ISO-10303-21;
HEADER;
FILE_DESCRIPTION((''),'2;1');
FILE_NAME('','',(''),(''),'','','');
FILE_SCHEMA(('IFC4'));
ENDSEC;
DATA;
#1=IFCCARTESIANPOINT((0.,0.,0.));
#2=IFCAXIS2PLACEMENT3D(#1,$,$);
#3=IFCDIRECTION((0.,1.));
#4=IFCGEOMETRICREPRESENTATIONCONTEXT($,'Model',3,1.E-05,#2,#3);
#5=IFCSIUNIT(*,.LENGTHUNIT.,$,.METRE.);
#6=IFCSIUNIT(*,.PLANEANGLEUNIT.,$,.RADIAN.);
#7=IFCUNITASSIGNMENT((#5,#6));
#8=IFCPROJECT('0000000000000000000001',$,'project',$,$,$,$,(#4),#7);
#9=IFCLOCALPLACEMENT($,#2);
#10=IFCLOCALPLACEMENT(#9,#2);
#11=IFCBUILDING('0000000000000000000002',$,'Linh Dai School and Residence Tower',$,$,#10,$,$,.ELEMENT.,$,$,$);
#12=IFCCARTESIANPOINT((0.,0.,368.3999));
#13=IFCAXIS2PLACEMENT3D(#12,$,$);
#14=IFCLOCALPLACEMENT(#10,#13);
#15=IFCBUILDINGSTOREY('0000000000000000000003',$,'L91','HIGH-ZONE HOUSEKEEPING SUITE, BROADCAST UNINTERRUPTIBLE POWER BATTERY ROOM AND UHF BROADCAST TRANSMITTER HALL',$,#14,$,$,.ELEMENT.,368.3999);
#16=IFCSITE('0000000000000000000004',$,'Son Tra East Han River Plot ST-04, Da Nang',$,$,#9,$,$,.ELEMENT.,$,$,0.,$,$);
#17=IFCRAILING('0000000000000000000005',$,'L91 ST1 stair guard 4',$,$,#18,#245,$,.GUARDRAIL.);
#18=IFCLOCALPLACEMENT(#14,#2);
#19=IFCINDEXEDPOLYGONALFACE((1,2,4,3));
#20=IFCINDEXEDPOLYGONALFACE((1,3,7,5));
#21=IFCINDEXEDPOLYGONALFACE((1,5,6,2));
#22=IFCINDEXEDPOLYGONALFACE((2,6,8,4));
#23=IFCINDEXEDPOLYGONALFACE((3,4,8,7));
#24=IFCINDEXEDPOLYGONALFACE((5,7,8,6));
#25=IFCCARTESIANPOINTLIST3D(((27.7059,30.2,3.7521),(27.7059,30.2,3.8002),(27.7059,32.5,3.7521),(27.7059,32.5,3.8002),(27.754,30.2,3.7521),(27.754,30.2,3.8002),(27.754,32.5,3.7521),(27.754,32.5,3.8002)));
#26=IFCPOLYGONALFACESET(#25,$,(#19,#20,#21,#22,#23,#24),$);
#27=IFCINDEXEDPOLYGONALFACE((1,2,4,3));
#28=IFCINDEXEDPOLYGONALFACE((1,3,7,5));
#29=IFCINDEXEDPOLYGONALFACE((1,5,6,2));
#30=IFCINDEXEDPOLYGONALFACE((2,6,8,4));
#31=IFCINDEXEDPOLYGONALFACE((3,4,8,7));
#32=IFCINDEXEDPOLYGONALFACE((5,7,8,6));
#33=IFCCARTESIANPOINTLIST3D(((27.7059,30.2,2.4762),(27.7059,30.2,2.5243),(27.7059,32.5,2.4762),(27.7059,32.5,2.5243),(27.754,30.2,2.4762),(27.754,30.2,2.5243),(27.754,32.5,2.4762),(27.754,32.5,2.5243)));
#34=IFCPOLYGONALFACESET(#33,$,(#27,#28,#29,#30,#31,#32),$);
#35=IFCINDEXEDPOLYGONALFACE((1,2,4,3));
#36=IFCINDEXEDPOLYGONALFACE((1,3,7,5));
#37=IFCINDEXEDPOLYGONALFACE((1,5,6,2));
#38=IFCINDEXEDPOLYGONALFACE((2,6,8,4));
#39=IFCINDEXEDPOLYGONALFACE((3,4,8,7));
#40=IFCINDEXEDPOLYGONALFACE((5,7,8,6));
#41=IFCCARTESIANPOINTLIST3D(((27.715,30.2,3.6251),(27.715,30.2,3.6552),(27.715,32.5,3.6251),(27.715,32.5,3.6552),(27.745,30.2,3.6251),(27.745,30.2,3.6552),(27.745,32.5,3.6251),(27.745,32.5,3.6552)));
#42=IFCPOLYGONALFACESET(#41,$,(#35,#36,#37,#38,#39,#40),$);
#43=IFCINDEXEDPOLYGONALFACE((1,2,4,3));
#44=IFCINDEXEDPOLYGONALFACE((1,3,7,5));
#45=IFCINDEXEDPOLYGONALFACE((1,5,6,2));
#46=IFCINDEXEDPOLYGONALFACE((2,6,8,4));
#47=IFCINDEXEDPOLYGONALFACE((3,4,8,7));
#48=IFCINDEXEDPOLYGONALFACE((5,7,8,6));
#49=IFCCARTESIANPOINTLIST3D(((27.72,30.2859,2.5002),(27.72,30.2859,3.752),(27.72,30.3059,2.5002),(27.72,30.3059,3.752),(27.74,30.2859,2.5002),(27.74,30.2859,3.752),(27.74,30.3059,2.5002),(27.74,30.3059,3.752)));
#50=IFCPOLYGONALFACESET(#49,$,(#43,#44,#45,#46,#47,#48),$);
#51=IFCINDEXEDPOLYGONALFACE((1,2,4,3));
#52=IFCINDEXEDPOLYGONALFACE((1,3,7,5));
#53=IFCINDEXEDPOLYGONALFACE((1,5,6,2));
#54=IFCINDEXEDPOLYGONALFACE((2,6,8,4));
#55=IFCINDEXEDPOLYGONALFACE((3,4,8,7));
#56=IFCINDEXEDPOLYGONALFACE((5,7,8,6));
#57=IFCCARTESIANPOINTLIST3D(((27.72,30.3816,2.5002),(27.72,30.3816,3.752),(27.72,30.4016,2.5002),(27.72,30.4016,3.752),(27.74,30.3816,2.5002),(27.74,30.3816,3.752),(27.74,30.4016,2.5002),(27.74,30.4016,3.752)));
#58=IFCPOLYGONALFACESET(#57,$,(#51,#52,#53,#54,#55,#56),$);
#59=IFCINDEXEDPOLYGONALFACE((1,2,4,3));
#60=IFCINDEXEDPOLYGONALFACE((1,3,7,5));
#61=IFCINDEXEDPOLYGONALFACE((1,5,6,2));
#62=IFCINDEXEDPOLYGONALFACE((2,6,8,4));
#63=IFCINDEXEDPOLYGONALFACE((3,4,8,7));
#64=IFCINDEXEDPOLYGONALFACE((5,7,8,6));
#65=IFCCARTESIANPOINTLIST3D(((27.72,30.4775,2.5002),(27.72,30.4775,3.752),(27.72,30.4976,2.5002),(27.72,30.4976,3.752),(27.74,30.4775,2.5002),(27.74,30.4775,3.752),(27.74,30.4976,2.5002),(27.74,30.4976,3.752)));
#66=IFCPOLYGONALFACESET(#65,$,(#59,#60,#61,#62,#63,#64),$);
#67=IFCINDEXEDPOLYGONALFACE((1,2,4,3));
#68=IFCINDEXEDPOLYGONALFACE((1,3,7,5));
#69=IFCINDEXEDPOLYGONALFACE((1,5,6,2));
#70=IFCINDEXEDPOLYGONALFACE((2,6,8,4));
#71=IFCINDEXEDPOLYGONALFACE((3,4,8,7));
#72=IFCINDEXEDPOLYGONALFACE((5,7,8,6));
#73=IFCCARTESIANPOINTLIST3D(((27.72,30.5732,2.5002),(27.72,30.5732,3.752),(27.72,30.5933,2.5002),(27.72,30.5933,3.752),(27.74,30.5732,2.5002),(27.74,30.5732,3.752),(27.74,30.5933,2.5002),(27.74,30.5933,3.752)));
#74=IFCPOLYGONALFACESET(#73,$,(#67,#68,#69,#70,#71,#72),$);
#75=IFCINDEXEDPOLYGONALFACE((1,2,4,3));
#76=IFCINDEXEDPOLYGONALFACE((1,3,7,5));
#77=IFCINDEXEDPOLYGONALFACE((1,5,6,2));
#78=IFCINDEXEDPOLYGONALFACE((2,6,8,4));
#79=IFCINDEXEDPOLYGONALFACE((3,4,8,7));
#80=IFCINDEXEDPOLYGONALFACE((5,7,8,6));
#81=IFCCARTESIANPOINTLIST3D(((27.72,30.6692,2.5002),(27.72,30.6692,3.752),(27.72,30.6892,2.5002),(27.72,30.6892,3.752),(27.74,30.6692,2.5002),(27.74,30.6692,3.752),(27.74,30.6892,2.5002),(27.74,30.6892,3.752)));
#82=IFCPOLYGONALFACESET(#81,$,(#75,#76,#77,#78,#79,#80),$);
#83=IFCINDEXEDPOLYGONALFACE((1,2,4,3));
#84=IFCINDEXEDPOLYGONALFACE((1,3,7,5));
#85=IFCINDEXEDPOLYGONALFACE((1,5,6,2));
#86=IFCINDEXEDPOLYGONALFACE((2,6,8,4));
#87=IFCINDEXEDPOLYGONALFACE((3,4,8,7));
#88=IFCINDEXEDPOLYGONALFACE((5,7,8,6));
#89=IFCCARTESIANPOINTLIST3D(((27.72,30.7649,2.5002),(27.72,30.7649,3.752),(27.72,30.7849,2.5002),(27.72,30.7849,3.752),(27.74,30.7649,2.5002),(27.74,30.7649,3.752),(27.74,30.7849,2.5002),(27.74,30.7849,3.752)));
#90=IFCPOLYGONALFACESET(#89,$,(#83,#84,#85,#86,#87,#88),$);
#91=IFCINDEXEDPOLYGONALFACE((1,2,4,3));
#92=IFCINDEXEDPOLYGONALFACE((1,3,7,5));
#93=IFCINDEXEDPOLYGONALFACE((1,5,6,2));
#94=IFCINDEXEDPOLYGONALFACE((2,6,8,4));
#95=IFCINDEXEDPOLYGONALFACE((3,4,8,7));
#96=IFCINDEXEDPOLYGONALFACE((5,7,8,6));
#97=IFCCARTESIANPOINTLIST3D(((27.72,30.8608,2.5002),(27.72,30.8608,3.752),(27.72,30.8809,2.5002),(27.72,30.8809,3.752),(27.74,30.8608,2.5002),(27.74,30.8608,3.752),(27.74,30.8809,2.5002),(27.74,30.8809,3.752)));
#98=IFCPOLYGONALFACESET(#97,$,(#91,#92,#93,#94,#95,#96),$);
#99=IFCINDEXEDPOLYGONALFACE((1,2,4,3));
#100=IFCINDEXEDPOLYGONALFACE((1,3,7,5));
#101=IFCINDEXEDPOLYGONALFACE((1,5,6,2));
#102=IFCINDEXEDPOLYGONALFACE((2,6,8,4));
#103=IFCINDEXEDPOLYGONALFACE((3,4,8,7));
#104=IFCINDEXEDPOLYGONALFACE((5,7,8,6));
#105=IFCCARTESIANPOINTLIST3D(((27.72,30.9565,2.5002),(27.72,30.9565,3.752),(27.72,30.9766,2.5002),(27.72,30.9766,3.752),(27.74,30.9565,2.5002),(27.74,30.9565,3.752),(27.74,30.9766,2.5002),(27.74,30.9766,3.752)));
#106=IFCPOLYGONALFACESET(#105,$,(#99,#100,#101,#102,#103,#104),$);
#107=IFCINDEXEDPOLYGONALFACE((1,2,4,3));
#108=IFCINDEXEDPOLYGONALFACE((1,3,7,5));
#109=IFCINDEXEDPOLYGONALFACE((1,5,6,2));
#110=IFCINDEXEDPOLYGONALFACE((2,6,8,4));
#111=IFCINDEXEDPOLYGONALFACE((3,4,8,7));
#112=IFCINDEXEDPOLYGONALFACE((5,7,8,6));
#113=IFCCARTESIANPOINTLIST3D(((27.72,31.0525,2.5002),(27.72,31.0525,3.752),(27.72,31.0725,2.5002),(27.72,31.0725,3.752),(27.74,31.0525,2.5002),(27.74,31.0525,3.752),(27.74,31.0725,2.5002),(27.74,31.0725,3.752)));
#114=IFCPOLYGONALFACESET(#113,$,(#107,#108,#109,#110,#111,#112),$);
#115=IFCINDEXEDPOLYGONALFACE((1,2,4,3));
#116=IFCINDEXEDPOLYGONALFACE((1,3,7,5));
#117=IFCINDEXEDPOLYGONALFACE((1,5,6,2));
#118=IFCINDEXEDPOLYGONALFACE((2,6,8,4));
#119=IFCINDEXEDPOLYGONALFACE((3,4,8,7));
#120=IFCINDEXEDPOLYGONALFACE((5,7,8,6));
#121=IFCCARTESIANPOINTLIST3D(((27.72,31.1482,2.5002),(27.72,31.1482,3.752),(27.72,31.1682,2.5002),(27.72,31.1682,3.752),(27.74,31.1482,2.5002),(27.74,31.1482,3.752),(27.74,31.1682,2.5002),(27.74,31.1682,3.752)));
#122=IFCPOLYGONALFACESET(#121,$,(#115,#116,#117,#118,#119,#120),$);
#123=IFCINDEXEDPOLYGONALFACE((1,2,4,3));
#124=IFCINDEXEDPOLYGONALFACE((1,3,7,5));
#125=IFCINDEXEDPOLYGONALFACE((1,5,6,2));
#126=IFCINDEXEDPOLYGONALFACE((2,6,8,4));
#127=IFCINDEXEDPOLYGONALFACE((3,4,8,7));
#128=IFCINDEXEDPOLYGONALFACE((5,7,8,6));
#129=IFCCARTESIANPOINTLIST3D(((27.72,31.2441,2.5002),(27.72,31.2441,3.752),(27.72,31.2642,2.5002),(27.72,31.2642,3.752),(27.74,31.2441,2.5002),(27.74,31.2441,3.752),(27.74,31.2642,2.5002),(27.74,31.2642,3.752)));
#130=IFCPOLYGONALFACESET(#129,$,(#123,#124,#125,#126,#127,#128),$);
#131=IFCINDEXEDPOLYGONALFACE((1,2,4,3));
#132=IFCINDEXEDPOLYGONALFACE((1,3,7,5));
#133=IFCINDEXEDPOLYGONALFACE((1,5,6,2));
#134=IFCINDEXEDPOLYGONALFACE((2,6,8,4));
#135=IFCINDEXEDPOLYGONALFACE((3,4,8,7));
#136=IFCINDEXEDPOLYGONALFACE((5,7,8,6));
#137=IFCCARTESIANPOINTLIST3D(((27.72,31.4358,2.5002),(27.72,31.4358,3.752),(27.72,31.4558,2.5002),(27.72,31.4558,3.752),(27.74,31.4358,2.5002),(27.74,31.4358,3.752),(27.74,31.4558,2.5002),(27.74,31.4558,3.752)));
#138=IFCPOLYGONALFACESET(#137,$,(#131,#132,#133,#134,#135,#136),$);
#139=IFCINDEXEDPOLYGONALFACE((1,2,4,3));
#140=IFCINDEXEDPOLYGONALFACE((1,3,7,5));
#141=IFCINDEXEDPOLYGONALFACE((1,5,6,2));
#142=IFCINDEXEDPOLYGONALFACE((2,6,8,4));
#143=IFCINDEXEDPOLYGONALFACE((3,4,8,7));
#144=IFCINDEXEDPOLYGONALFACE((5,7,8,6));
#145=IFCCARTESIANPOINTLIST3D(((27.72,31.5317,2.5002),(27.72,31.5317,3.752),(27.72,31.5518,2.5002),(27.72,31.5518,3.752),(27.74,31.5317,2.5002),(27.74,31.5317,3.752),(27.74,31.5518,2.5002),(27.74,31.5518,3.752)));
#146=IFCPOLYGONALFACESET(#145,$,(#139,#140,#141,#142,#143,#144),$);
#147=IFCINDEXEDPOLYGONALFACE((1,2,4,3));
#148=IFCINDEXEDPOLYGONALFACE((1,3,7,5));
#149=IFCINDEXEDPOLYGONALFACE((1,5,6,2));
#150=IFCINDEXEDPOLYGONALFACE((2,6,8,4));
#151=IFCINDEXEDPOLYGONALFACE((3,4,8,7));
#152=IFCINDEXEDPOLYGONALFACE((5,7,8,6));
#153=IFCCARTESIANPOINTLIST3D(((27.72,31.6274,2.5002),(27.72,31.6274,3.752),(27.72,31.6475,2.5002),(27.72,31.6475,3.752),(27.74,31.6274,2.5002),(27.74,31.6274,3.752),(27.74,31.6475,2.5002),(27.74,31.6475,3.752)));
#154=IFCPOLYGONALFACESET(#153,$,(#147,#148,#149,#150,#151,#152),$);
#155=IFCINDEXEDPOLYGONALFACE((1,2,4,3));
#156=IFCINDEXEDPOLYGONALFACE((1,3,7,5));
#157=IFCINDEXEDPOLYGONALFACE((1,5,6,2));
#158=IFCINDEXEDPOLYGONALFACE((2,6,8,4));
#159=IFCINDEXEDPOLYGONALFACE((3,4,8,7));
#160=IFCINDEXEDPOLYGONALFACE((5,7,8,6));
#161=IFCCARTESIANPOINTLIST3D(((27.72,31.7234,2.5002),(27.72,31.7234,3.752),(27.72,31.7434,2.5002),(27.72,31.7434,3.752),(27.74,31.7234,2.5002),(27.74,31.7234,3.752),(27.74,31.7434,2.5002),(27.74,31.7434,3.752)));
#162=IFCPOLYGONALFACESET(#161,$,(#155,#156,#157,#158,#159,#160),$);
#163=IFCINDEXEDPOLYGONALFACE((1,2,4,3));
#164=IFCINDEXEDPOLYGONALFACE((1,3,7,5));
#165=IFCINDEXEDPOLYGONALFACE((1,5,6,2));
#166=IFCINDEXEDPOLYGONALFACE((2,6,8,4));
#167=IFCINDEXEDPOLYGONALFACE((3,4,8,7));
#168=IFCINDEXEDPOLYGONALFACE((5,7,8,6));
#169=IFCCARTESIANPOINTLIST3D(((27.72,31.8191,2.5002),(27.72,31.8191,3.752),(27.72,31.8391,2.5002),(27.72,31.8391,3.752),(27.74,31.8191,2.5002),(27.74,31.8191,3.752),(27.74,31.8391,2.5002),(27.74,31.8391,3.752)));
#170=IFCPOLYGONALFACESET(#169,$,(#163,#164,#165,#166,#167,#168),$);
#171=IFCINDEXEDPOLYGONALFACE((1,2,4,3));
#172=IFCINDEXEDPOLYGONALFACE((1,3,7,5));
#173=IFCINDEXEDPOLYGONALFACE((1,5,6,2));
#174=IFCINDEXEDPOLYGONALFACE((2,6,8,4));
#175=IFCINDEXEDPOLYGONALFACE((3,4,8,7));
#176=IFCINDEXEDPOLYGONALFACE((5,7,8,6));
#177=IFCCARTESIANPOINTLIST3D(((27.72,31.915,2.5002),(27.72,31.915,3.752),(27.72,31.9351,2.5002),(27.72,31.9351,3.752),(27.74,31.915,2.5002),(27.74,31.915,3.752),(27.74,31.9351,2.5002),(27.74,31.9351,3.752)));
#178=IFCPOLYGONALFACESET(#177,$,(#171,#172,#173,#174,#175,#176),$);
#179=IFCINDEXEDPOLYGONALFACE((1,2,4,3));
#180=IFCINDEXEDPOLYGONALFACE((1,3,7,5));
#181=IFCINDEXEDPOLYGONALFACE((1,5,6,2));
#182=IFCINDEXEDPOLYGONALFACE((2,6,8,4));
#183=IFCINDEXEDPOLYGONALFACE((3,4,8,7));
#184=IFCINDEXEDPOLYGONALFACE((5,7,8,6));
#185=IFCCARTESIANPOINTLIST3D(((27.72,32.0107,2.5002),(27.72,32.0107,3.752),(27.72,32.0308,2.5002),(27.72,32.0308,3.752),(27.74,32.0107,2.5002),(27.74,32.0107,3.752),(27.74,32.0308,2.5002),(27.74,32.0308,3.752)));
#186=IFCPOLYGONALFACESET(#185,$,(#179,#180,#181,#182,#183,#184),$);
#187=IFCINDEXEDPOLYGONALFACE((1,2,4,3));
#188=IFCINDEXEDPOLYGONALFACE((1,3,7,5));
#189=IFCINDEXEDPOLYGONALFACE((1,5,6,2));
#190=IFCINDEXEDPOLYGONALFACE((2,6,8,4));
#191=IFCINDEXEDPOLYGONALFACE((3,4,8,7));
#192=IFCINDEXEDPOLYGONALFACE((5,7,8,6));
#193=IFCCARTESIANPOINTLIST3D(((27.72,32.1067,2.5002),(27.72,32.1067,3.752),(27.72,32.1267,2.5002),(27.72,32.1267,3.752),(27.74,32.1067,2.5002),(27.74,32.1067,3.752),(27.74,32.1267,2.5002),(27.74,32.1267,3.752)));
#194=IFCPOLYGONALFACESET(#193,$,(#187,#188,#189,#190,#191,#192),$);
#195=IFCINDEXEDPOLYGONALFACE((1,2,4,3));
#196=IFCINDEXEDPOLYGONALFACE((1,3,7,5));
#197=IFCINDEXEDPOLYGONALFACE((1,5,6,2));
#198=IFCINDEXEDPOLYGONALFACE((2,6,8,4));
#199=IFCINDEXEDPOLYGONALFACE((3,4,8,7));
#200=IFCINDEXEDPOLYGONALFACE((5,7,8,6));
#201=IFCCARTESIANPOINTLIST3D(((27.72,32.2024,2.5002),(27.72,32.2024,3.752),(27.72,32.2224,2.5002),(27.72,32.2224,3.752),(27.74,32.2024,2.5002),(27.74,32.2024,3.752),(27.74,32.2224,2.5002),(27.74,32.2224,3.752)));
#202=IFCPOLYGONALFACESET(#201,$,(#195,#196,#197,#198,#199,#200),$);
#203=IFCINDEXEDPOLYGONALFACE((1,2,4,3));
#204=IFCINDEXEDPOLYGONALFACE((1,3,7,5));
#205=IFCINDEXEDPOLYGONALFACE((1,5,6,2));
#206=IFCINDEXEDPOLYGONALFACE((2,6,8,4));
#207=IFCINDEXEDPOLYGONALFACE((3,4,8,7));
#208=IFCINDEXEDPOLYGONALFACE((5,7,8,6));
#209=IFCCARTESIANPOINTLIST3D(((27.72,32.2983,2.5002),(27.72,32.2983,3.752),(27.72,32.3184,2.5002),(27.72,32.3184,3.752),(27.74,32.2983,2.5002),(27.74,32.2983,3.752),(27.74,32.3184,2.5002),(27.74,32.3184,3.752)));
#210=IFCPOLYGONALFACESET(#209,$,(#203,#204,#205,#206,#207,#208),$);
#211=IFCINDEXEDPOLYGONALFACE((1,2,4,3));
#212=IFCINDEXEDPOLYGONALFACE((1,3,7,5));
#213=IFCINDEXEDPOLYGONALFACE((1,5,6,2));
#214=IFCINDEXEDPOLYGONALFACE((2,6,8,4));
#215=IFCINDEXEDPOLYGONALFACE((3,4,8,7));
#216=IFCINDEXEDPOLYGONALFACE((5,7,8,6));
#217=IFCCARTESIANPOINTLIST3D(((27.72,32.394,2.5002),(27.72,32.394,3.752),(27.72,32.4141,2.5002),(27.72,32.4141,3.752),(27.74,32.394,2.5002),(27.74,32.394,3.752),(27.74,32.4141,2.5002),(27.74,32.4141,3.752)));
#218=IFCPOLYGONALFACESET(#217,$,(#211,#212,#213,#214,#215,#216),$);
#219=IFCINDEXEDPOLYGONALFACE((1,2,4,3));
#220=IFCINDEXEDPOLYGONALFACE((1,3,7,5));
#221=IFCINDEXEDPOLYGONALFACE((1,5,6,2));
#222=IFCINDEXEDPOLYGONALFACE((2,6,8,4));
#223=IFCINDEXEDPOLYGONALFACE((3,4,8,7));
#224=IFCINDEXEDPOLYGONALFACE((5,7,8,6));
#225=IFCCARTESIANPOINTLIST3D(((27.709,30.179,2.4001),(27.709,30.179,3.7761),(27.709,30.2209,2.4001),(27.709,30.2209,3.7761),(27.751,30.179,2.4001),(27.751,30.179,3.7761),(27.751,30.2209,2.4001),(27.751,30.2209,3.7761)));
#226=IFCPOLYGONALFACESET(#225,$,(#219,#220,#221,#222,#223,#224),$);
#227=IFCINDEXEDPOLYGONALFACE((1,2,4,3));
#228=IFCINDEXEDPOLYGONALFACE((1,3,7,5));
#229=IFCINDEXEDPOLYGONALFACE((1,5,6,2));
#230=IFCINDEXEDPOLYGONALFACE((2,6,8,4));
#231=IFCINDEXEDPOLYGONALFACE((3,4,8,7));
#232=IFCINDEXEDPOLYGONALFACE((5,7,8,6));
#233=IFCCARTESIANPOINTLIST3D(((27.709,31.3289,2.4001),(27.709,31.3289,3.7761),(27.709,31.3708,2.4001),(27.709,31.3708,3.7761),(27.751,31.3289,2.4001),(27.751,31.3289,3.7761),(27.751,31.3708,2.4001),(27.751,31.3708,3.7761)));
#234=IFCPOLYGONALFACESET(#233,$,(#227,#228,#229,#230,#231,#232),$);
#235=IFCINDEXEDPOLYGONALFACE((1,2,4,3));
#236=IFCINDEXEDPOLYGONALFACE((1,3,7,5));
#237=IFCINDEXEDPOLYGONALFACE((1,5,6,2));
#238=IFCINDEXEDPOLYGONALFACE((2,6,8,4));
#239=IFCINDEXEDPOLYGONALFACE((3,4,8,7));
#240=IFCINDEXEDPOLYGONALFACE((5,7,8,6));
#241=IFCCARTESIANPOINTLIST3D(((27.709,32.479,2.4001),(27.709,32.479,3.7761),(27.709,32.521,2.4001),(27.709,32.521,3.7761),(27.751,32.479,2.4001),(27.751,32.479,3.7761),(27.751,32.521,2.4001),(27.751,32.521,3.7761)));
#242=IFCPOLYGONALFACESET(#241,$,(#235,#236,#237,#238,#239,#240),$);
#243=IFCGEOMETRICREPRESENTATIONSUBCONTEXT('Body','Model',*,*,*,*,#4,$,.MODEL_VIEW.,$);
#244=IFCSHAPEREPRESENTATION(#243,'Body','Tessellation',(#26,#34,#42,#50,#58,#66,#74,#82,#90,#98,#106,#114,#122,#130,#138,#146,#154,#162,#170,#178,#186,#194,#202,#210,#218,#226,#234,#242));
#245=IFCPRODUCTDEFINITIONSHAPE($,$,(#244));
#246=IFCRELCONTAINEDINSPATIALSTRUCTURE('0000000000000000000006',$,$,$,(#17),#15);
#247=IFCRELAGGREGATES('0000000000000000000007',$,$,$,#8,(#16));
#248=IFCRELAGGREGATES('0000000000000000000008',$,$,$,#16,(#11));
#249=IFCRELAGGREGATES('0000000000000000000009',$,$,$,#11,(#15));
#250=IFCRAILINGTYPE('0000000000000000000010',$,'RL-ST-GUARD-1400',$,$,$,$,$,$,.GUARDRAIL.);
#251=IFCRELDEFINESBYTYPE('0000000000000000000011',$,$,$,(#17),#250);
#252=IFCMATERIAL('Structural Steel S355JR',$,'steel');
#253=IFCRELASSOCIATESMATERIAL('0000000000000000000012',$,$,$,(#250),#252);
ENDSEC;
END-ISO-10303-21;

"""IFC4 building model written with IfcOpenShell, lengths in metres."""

from ifc_helpers import new_model, si_unit, direction, frame, origin, origin_2d, place, context, subcontext, project, spatial, rectangle, extrude, source, transform, mapped, material, type_object, element, save


model = new_model("IFC4")

# Units and contexts
model_context = context("Model", 3, precision=1e-05, world=origin(), true_north=direction((0.0, 1.0)))
body_context = subcontext(model_context, "Body", "Model", "MODEL_VIEW")
ifc_project = project(units=[si_unit("LENGTHUNIT", "METRE"), si_unit("PLANEANGLEUNIT", "RADIAN")], contexts=[model_context])

# Site, building, storey
site_placement = place(None, origin())
site = spatial("IfcSite", under=ifc_project, at=site_placement, Name="Son Tra East Han River Plot ST-04, Da Nang", CompositionType="ELEMENT", RefElevation=0.0)
building_placement = place(site_placement, origin())
building = spatial("IfcBuilding", under=site, at=building_placement, Name="Linh Dai School and Residence Tower", CompositionType="ELEMENT")
storey_placement = place(building_placement, frame((0.0, 0.0, 368.3999)))
storey = spatial("IfcBuildingStorey", under=building, at=storey_placement, Name="L91", Description="HIGH-ZONE HOUSEKEEPING SUITE, BROADCAST UNINTERRUPTIBLE POWER BATTERY ROOM AND UHF BROADCAST TRANSMITTER HALL", CompositionType="ELEMENT", Elevation=368.3999)

# Railing
ifc_material_1 = material(Name="Structural Steel S355JR", Category="steel")
railing_type_1 = type_object("IfcRailingType", Name="RL-ST-GUARD-1400", PredefinedType="GUARDRAIL", material=ifc_material_1)
shared_shape_1 = source(origin(), body_context, "Body", "SweptSolid", [
    extrude(rectangle(XDim=0.0481, YDim=0.0481, at=origin_2d()), frame((0.0, 0.0, 1.376), z_axis=(0.0, 1.0, 0.0), x_axis=(-1.0, 0.0, 0.0)), (0.0, 0.0, 1.0), 2.3),
    extrude(rectangle(XDim=0.0481, YDim=0.0481, at=origin_2d()), frame((0.0, 0.0, 0.1001), z_axis=(0.0, 1.0, 0.0), x_axis=(-1.0, 0.0, 0.0)), (0.0, 0.0, 1.0), 2.3),
    extrude(rectangle(XDim=0.03, YDim=0.03, at=origin_2d()), frame((0.0, 0.0, 1.24), z_axis=(0.0, 1.0, 0.0), x_axis=(-1.0, 0.0, 0.0)), (0.0, 0.0, 1.0), 2.3),
    extrude(rectangle(XDim=0.02, YDim=0.02, at=origin_2d()), frame((0.0, 0.0959, 0.1001)), (0.0, 0.0, 1.0), 1.2517),
    extrude(rectangle(XDim=0.02, YDim=0.02, at=origin_2d()), frame((0.0, 0.1917, 0.1001)), (0.0, 0.0, 1.0), 1.2517),
    extrude(rectangle(XDim=0.02, YDim=0.02, at=origin_2d()), frame((0.0, 0.2876, 0.1001)), (0.0, 0.0, 1.0), 1.2517),
    extrude(rectangle(XDim=0.02, YDim=0.02, at=origin_2d()), frame((0.0, 0.3833, 0.1001)), (0.0, 0.0, 1.0), 1.2517),
    extrude(rectangle(XDim=0.02, YDim=0.02, at=origin_2d()), frame((0.0, 0.4792, 0.1001)), (0.0, 0.0, 1.0), 1.2517),
    extrude(rectangle(XDim=0.02, YDim=0.02, at=origin_2d()), frame((0.0, 0.575, 0.1001)), (0.0, 0.0, 1.0), 1.2517),
    extrude(rectangle(XDim=0.02, YDim=0.02, at=origin_2d()), frame((0.0, 0.6709, 0.1001)), (0.0, 0.0, 1.0), 1.2517),
    extrude(rectangle(XDim=0.02, YDim=0.02, at=origin_2d()), frame((0.0, 0.7666, 0.1001)), (0.0, 0.0, 1.0), 1.2517),
    extrude(rectangle(XDim=0.02, YDim=0.02, at=origin_2d()), frame((0.0, 0.8625, 0.1001)), (0.0, 0.0, 1.0), 1.2517),
    extrude(rectangle(XDim=0.02, YDim=0.02, at=origin_2d()), frame((0.0, 0.9583, 0.1001)), (0.0, 0.0, 1.0), 1.2517),
    extrude(rectangle(XDim=0.02, YDim=0.02, at=origin_2d()), frame((0.0, 1.0542, 0.1001)), (0.0, 0.0, 1.0), 1.2517),
    extrude(rectangle(XDim=0.02, YDim=0.02, at=origin_2d()), frame((0.0, 1.2458, 0.1001)), (0.0, 0.0, 1.0), 1.2517),
    extrude(rectangle(XDim=0.02, YDim=0.02, at=origin_2d()), frame((0.0, 1.3418, 0.1001)), (0.0, 0.0, 1.0), 1.2517),
    extrude(rectangle(XDim=0.02, YDim=0.02, at=origin_2d()), frame((0.0, 1.4375, 0.1001)), (0.0, 0.0, 1.0), 1.2517),
    extrude(rectangle(XDim=0.02, YDim=0.02, at=origin_2d()), frame((0.0, 1.5334, 0.1001)), (0.0, 0.0, 1.0), 1.2517),
    extrude(rectangle(XDim=0.02, YDim=0.02, at=origin_2d()), frame((0.0, 1.6292, 0.1001)), (0.0, 0.0, 1.0), 1.2517),
    extrude(rectangle(XDim=0.02, YDim=0.02, at=origin_2d()), frame((0.0, 1.7251, 0.1001)), (0.0, 0.0, 1.0), 1.2517),
    extrude(rectangle(XDim=0.02, YDim=0.02, at=origin_2d()), frame((0.0, 1.8208, 0.1001)), (0.0, 0.0, 1.0), 1.2517),
    extrude(rectangle(XDim=0.02, YDim=0.02, at=origin_2d()), frame((0.0, 1.9167, 0.1001)), (0.0, 0.0, 1.0), 1.2517),
    extrude(rectangle(XDim=0.02, YDim=0.02, at=origin_2d()), frame((0.0, 2.0125, 0.1001)), (0.0, 0.0, 1.0), 1.2517),
    extrude(rectangle(XDim=0.02, YDim=0.02, at=origin_2d()), frame((0.0, 2.1084, 0.1001)), (0.0, 0.0, 1.0), 1.2517),
    extrude(rectangle(XDim=0.02, YDim=0.02, at=origin_2d()), frame((0.0, 2.2041, 0.1001)), (0.0, 0.0, 1.0), 1.2517),
    extrude(rectangle(XDim=0.042, YDim=0.042, at=origin_2d()), origin(), (0.0, 0.0, 1.0), 1.376),
    extrude(rectangle(XDim=0.042, YDim=0.042, at=origin_2d()), frame((0.0, 1.1499, 0.0)), (0.0, 0.0, 1.0), 1.376),
    extrude(rectangle(XDim=0.042, YDim=0.042, at=origin_2d()), frame((0.0, 2.3, 0.0)), (0.0, 0.0, 1.0), 1.376),
])
for number, where, name in (
    (1, (27.73, 30.2, 2.4001), "L91 ST1 stair guard 4"),
):
    element("IfcRailing", number, at=place(storey_placement, frame(where)), inside=storey, type_object=railing_type_1, Name=name, PredefinedType="GUARDRAIL", context=body_context, shape_type="MappedRepresentation", body=[
        mapped(shared_shape_1, transform((0.0, 0.0, 0.0), x_axis=(1.0, 0.0, 0.0), y_axis=(0.0, 1.0, 0.0), z_axis=(0.0, 0.0, 1.0), scale=1.0)),
    ])

save(model, "model.ifc")
